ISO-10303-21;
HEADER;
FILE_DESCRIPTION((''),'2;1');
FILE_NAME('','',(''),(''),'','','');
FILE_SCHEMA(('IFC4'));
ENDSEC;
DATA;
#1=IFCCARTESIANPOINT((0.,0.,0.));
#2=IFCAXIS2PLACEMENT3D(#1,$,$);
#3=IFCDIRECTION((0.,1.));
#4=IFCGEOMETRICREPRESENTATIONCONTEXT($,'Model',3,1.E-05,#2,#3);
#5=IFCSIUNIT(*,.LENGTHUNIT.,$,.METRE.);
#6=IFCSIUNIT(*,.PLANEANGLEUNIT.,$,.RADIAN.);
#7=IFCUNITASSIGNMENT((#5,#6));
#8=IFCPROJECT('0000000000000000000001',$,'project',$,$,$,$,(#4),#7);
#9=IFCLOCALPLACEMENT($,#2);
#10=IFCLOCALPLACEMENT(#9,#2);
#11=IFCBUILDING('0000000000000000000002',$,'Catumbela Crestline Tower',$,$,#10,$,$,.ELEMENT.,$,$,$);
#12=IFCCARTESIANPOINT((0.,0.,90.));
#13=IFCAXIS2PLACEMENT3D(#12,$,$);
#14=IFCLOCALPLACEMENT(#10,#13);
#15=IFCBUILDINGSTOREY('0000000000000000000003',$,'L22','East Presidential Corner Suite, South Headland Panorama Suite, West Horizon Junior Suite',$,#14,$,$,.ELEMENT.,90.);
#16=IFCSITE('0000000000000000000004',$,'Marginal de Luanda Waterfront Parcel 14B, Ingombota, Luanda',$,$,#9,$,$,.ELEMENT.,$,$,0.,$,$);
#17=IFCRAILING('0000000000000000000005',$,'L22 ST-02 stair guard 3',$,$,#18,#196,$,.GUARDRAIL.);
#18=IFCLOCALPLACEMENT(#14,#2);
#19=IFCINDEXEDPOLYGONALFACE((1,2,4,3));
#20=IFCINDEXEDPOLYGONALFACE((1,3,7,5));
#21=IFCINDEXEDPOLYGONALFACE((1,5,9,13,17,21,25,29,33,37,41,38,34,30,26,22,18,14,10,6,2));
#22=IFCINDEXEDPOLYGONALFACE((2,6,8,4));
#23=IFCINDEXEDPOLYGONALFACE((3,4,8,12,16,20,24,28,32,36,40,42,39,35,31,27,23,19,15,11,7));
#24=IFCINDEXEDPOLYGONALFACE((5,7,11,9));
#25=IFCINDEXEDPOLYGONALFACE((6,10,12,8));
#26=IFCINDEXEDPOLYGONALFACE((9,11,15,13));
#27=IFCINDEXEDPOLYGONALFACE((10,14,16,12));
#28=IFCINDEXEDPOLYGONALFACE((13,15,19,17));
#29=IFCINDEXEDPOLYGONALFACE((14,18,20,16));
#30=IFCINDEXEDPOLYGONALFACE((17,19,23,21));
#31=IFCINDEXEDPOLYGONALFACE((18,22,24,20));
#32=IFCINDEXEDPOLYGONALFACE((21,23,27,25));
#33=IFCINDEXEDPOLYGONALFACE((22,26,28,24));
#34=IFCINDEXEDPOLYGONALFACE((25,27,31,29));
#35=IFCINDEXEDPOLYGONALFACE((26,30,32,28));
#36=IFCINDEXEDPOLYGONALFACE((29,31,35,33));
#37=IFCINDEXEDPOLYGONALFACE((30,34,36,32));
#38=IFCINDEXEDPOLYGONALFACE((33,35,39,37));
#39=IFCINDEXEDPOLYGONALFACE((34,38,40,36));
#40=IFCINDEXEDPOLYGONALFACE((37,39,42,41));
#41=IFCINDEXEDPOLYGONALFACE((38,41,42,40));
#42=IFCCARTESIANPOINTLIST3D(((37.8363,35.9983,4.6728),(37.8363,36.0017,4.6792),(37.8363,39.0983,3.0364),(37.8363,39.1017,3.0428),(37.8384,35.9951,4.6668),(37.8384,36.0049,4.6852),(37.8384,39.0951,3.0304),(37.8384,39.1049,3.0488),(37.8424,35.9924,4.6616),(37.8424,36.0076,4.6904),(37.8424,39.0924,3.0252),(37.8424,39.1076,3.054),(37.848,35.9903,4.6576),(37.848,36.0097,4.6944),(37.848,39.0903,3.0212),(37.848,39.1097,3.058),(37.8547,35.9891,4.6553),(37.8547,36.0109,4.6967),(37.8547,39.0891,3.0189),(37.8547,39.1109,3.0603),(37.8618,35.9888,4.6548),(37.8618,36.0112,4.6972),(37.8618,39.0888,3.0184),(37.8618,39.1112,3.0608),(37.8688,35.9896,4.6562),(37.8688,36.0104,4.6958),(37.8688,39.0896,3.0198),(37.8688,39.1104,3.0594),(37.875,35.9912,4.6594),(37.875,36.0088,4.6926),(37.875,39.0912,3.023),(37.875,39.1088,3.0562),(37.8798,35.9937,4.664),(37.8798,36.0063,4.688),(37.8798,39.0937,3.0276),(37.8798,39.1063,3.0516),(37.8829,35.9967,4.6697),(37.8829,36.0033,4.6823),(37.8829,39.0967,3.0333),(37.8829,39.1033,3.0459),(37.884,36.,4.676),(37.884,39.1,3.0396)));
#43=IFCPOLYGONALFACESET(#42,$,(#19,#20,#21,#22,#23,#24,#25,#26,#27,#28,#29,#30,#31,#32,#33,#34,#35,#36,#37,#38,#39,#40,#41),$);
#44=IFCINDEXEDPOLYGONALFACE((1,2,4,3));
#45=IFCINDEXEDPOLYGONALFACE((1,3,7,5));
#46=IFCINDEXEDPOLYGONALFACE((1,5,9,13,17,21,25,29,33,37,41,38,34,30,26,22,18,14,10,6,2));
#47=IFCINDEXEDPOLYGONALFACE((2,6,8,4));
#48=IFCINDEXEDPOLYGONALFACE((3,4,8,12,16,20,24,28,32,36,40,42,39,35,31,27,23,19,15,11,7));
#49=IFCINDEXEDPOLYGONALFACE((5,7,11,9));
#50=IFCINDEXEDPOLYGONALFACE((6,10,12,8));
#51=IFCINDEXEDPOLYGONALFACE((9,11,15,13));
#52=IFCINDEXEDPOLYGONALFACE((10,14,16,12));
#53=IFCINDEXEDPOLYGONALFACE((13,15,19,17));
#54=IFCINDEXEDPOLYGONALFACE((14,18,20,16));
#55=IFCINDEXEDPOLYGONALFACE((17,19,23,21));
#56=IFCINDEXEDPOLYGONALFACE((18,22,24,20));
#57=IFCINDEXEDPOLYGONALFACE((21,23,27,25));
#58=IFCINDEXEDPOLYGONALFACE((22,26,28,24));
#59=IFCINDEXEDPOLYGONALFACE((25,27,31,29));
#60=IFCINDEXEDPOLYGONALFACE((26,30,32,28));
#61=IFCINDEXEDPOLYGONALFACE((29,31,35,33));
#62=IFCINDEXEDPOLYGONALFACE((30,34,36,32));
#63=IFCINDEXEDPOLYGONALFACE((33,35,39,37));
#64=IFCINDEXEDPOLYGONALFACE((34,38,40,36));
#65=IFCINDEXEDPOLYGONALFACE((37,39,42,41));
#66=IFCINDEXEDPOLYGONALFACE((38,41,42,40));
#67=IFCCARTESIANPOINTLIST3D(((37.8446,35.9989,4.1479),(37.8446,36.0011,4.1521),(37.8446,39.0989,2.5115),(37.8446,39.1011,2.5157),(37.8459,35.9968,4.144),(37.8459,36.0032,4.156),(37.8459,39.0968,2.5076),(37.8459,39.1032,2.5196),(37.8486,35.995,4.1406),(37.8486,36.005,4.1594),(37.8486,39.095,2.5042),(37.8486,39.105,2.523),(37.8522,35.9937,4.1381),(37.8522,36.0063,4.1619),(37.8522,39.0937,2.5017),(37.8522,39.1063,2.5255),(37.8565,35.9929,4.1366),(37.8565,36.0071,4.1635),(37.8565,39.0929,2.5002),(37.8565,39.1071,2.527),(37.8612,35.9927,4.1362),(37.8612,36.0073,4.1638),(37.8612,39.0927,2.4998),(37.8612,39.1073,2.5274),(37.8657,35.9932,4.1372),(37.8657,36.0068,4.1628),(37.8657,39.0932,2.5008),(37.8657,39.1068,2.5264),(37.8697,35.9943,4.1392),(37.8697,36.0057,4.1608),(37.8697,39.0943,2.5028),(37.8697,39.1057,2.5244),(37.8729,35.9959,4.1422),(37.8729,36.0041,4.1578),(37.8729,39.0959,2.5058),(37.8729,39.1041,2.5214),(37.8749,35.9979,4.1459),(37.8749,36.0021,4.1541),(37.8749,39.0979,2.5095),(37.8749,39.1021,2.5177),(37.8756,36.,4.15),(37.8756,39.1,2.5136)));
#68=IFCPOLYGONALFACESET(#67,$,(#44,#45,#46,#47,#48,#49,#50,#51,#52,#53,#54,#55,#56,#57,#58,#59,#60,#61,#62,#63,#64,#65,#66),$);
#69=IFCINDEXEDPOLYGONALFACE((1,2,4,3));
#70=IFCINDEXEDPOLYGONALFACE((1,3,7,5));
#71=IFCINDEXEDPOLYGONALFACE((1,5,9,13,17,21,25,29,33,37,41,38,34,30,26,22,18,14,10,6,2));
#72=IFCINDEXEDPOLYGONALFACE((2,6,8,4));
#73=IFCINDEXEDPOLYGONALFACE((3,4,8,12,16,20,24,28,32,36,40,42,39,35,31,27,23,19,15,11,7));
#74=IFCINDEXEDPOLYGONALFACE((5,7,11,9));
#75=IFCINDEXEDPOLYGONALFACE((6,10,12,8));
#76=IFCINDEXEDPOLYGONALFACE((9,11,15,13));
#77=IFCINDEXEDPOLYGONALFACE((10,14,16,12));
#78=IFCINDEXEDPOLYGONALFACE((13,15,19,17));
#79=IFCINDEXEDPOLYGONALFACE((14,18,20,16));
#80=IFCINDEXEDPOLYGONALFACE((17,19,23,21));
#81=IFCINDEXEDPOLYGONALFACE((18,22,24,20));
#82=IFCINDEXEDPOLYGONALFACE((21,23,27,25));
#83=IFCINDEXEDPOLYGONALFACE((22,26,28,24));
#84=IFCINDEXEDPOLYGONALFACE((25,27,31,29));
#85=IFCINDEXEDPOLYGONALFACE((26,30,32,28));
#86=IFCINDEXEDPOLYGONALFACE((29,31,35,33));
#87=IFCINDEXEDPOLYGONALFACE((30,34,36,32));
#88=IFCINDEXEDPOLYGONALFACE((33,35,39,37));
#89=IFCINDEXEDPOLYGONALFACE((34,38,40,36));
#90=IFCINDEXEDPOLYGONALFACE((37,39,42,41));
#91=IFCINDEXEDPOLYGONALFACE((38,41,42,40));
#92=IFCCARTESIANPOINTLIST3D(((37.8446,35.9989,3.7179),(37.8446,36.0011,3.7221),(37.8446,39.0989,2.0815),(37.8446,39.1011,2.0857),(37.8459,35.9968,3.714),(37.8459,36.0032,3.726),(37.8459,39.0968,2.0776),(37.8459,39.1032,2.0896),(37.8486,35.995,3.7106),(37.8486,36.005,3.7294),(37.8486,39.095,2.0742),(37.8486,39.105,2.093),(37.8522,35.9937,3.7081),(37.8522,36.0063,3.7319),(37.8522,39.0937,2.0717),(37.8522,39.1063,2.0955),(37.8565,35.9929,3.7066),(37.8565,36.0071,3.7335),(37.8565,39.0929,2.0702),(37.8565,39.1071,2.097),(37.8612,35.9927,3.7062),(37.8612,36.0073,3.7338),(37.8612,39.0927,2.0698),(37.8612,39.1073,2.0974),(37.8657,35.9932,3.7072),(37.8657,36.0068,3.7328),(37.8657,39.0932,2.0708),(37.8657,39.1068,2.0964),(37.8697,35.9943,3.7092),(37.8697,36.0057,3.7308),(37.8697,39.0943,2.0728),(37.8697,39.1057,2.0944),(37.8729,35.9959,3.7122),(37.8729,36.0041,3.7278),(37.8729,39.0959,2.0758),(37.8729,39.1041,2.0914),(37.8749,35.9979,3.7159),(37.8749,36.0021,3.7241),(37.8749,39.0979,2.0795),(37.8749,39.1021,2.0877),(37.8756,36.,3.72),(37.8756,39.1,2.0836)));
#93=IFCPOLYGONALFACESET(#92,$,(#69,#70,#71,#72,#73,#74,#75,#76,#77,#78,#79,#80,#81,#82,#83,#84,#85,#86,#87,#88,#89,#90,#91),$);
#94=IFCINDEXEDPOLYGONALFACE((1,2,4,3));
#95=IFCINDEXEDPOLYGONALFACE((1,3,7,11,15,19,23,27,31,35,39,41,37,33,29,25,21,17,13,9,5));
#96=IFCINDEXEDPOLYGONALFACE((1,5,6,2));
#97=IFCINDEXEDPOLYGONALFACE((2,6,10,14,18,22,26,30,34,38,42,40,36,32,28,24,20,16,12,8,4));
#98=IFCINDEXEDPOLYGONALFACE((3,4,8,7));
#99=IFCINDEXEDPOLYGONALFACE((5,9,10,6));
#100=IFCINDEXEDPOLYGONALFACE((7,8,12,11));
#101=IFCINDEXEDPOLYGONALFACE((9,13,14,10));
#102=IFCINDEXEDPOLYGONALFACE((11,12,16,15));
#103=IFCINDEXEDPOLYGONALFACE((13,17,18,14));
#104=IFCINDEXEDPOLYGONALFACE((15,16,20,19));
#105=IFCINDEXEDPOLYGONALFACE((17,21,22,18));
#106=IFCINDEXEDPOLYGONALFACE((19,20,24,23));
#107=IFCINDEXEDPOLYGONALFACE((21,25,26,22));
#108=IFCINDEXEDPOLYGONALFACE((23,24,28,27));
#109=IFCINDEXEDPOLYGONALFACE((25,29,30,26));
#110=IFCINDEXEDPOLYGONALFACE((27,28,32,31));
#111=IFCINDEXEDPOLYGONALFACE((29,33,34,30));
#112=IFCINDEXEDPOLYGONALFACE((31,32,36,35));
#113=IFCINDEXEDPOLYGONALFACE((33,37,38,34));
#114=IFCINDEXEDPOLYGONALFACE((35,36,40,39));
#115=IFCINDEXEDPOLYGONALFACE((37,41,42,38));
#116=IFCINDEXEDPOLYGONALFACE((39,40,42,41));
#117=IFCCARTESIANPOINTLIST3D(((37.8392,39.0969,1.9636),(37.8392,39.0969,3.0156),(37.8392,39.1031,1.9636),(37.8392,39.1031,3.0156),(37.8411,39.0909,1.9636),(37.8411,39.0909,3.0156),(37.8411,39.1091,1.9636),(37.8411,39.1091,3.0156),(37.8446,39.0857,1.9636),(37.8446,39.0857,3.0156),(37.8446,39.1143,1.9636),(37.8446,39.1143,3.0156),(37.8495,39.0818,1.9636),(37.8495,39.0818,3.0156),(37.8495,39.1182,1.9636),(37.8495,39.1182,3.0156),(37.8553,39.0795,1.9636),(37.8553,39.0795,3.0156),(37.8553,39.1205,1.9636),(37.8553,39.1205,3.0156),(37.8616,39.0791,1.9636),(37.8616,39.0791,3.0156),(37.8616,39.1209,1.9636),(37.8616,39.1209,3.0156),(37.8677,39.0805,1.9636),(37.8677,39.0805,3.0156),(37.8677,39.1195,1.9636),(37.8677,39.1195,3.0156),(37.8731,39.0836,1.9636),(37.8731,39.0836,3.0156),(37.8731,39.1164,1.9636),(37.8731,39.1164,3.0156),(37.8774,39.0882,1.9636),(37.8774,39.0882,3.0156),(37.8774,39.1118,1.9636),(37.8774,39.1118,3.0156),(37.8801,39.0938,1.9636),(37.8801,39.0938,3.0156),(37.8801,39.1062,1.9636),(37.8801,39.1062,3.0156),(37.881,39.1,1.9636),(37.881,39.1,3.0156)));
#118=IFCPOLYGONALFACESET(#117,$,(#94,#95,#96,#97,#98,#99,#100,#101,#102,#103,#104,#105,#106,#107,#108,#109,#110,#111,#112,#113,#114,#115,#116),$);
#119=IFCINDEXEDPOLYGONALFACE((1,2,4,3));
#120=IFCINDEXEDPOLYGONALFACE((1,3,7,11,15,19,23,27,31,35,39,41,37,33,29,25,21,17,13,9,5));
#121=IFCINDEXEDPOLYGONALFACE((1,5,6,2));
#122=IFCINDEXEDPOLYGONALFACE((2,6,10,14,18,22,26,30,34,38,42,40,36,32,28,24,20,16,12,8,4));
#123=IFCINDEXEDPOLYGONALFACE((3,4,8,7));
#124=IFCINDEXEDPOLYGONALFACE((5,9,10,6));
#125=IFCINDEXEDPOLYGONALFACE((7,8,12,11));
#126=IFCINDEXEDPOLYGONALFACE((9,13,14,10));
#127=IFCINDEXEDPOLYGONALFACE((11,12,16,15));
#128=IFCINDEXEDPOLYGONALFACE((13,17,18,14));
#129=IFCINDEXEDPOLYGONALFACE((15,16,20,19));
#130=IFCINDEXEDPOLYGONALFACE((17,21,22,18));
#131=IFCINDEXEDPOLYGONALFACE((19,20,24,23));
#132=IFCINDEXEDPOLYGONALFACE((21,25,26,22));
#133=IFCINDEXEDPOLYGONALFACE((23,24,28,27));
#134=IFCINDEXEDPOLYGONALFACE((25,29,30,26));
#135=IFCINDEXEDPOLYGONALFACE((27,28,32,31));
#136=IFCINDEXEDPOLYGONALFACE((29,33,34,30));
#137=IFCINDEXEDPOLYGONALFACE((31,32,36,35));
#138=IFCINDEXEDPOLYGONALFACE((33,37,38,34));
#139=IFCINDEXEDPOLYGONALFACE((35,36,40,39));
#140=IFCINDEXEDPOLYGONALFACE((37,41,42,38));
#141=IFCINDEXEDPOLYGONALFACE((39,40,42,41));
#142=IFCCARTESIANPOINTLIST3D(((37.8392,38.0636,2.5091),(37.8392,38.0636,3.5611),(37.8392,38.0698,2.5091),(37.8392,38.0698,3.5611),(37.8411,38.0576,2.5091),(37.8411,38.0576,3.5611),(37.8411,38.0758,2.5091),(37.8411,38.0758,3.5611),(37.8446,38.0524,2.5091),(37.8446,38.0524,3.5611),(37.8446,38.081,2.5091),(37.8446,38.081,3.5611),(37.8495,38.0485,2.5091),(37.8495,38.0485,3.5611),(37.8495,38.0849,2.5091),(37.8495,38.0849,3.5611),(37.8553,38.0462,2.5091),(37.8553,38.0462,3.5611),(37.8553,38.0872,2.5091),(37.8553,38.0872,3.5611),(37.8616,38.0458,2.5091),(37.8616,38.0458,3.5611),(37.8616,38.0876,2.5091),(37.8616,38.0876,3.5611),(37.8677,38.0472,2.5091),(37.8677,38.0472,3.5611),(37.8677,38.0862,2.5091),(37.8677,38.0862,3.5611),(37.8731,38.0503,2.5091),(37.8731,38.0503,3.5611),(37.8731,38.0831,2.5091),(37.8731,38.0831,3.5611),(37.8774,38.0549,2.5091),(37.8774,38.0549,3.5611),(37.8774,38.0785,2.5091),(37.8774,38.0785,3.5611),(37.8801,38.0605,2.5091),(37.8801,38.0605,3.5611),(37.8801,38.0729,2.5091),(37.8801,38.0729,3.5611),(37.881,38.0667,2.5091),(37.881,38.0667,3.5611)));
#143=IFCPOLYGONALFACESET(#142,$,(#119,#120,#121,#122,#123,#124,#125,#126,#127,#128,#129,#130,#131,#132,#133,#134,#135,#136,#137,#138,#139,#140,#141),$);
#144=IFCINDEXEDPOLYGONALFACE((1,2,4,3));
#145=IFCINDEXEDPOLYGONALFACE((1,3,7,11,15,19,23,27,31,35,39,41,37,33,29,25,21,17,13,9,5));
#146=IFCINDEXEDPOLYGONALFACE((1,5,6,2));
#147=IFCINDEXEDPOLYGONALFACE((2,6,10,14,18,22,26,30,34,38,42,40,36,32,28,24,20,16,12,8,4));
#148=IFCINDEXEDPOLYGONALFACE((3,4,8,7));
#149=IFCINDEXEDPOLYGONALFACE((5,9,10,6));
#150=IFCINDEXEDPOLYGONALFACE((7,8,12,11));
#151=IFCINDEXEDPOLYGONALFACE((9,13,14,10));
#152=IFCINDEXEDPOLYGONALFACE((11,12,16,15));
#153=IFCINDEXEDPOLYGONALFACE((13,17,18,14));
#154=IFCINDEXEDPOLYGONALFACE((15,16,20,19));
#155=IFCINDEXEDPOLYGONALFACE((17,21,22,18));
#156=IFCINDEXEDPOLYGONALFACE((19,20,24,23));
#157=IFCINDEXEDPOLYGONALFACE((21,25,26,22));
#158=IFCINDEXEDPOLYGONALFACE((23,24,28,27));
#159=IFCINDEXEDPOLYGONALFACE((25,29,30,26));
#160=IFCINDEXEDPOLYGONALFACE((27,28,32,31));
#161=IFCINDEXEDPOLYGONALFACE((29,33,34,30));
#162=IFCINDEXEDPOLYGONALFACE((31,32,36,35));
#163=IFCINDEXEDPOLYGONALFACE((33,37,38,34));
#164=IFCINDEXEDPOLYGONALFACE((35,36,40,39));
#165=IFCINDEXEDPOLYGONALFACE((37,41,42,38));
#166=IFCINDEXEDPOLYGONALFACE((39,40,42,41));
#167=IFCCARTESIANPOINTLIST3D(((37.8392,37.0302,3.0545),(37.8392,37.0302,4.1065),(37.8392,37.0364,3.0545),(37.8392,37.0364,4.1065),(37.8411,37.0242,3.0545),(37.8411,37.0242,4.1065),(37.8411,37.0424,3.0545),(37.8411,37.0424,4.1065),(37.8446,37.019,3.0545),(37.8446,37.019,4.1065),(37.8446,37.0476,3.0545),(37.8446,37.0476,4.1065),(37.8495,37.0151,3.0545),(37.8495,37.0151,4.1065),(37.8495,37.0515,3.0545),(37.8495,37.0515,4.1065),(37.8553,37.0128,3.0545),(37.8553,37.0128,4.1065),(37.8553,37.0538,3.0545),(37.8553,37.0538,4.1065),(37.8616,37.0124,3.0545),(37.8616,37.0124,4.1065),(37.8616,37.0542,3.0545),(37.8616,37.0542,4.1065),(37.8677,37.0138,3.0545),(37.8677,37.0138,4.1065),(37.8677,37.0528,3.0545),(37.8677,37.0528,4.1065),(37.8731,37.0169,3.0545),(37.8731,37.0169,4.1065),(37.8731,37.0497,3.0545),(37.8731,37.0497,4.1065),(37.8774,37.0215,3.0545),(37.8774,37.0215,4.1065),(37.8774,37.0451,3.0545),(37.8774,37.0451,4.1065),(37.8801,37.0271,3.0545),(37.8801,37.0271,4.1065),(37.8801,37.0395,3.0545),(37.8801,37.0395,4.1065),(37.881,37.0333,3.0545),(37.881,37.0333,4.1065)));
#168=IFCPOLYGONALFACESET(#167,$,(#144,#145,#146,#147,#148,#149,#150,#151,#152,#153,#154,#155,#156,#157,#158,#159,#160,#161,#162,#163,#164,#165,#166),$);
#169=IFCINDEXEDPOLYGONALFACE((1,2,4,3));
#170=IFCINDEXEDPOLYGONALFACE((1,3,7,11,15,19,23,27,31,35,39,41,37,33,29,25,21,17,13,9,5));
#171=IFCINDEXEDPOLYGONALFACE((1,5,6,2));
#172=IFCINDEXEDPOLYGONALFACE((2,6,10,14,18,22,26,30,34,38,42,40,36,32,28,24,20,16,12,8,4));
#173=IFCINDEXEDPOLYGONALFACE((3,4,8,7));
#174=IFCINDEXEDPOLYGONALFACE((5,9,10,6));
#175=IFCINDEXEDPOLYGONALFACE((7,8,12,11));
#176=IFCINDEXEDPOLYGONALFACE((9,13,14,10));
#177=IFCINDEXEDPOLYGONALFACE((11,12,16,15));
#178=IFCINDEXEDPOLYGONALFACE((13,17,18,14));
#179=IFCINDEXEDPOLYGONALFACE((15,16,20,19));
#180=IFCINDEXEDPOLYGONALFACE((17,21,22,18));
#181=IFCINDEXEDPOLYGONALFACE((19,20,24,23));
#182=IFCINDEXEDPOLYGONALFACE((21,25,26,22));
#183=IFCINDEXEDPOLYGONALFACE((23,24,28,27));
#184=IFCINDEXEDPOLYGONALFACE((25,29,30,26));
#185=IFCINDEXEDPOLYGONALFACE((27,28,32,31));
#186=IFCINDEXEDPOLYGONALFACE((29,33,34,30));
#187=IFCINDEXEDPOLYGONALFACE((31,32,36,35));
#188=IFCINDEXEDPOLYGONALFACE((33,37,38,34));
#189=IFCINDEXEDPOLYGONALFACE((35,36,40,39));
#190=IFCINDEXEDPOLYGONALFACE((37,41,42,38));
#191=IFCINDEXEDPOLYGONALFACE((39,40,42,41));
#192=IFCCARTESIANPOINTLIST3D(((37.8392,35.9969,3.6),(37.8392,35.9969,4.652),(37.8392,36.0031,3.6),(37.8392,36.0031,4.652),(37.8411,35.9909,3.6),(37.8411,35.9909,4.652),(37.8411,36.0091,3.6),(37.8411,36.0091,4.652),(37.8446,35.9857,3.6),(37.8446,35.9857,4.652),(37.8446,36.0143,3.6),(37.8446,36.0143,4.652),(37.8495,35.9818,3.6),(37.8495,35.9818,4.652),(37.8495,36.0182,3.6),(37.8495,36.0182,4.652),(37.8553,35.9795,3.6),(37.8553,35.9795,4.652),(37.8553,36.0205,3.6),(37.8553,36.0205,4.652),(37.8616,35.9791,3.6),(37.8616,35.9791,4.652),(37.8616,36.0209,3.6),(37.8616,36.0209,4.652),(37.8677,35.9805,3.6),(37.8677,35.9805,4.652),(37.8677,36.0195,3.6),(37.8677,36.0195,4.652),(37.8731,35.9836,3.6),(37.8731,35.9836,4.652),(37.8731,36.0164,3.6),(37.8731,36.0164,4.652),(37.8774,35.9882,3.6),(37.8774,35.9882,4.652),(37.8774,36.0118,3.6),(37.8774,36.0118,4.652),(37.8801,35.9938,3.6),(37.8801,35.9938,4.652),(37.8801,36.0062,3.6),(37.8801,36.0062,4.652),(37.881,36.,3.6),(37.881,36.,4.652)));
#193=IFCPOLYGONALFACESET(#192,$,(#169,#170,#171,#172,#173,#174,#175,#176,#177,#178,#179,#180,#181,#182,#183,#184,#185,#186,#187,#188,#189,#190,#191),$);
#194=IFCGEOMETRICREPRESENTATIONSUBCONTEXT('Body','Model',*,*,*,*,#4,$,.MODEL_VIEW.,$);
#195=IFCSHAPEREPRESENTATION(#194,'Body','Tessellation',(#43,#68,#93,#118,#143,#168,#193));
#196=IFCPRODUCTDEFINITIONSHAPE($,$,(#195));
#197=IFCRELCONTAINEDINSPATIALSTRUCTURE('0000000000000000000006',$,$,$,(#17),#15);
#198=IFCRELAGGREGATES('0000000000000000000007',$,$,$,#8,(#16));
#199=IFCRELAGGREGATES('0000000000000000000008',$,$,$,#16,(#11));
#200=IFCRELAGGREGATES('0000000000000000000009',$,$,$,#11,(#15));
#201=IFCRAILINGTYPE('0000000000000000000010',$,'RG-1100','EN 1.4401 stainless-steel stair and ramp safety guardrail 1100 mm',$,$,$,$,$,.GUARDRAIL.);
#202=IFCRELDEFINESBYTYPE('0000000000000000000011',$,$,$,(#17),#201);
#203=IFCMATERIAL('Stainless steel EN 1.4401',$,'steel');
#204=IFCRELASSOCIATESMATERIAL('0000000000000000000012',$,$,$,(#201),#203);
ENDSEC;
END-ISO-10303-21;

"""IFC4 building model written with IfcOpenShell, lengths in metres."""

from ifc_helpers import new_model, si_unit, direction, frame, origin, origin_2d, place, context, subcontext, project, spatial, circle, extrude, material, type_object, element, save


model = new_model("IFC4")

# Units and contexts
model_context = context("Model", 3, precision=1e-05, world=origin(), true_north=direction((0.0, 1.0)))
body_context = subcontext(model_context, "Body", "Model", "MODEL_VIEW")
ifc_project = project(units=[si_unit("LENGTHUNIT", "METRE"), si_unit("PLANEANGLEUNIT", "RADIAN")], contexts=[model_context])

# Site, building, storey
site_placement = place(None, origin())
site = spatial("IfcSite", under=ifc_project, at=site_placement, Name="Marginal de Luanda Waterfront Parcel 14B, Ingombota, Luanda", CompositionType="ELEMENT", RefElevation=0.0)
building_placement = place(site_placement, origin())
building = spatial("IfcBuilding", under=site, at=building_placement, Name="Catumbela Crestline Tower", CompositionType="ELEMENT")
storey_placement = place(building_placement, frame((0.0, 0.0, 90.0)))
storey = spatial("IfcBuildingStorey", under=building, at=storey_placement, Name="L22", Description="East Presidential Corner Suite, South Headland Panorama Suite, West Horizon Junior Suite", CompositionType="ELEMENT", Elevation=90.0)

# Shared definitions
ifc_material_1 = material(Name="Stainless steel EN 1.4401", Category="steel")

# Railing
railing_type_1 = type_object("IfcRailingType", Name="RG-1100", Description="EN 1.4401 stainless-steel stair and ramp safety guardrail 1100 mm", PredefinedType="GUARDRAIL", material=ifc_material_1)
railing_1_placement = place(storey_placement, frame((37.86, 39.1, 1.9636)))
element("IfcRailing", 1, at=railing_1_placement, inside=storey, type_object=railing_type_1, Name="L22 ST-02 stair guard 3", PredefinedType="GUARDRAIL", context=body_context, shape_type="SweptSolid", body=[
    extrude(circle(Radius=0.024, at=origin_2d()), frame((0.0, 0.0, 1.076), z_axis=(0.0, -0.884351, 0.466823), x_axis=(1.0, 0.0, 0.0)), (0.0, 0.0, 1.0), 3.5054),
    extrude(circle(Radius=0.0156, at=origin_2d()), frame((0.0, 0.0, 0.55), z_axis=(0.0, -0.884351, 0.466823), x_axis=(1.0, 0.0, 0.0)), (0.0, 0.0, 1.0), 3.5054),
    extrude(circle(Radius=0.0156, at=origin_2d()), frame((0.0, 0.0, 0.12), z_axis=(0.0, -0.884351, 0.466823), x_axis=(1.0, 0.0, 0.0)), (0.0, 0.0, 1.0), 3.5054),
    extrude(circle(Radius=0.021, at=origin_2d()), origin(), (0.0, 0.0, 1.0), 1.052),
    extrude(circle(Radius=0.021, at=origin_2d()), frame((0.0, -1.0333, 0.5455)), (0.0, 0.0, 1.0), 1.052),
    extrude(circle(Radius=0.021, at=origin_2d()), frame((0.0, -2.0667, 1.0909)), (0.0, 0.0, 1.0), 1.052),
    extrude(circle(Radius=0.021, at=origin_2d()), frame((0.0, -3.1, 1.6364)), (0.0, 0.0, 1.0), 1.052),
])

save(model, "model.ifc")
